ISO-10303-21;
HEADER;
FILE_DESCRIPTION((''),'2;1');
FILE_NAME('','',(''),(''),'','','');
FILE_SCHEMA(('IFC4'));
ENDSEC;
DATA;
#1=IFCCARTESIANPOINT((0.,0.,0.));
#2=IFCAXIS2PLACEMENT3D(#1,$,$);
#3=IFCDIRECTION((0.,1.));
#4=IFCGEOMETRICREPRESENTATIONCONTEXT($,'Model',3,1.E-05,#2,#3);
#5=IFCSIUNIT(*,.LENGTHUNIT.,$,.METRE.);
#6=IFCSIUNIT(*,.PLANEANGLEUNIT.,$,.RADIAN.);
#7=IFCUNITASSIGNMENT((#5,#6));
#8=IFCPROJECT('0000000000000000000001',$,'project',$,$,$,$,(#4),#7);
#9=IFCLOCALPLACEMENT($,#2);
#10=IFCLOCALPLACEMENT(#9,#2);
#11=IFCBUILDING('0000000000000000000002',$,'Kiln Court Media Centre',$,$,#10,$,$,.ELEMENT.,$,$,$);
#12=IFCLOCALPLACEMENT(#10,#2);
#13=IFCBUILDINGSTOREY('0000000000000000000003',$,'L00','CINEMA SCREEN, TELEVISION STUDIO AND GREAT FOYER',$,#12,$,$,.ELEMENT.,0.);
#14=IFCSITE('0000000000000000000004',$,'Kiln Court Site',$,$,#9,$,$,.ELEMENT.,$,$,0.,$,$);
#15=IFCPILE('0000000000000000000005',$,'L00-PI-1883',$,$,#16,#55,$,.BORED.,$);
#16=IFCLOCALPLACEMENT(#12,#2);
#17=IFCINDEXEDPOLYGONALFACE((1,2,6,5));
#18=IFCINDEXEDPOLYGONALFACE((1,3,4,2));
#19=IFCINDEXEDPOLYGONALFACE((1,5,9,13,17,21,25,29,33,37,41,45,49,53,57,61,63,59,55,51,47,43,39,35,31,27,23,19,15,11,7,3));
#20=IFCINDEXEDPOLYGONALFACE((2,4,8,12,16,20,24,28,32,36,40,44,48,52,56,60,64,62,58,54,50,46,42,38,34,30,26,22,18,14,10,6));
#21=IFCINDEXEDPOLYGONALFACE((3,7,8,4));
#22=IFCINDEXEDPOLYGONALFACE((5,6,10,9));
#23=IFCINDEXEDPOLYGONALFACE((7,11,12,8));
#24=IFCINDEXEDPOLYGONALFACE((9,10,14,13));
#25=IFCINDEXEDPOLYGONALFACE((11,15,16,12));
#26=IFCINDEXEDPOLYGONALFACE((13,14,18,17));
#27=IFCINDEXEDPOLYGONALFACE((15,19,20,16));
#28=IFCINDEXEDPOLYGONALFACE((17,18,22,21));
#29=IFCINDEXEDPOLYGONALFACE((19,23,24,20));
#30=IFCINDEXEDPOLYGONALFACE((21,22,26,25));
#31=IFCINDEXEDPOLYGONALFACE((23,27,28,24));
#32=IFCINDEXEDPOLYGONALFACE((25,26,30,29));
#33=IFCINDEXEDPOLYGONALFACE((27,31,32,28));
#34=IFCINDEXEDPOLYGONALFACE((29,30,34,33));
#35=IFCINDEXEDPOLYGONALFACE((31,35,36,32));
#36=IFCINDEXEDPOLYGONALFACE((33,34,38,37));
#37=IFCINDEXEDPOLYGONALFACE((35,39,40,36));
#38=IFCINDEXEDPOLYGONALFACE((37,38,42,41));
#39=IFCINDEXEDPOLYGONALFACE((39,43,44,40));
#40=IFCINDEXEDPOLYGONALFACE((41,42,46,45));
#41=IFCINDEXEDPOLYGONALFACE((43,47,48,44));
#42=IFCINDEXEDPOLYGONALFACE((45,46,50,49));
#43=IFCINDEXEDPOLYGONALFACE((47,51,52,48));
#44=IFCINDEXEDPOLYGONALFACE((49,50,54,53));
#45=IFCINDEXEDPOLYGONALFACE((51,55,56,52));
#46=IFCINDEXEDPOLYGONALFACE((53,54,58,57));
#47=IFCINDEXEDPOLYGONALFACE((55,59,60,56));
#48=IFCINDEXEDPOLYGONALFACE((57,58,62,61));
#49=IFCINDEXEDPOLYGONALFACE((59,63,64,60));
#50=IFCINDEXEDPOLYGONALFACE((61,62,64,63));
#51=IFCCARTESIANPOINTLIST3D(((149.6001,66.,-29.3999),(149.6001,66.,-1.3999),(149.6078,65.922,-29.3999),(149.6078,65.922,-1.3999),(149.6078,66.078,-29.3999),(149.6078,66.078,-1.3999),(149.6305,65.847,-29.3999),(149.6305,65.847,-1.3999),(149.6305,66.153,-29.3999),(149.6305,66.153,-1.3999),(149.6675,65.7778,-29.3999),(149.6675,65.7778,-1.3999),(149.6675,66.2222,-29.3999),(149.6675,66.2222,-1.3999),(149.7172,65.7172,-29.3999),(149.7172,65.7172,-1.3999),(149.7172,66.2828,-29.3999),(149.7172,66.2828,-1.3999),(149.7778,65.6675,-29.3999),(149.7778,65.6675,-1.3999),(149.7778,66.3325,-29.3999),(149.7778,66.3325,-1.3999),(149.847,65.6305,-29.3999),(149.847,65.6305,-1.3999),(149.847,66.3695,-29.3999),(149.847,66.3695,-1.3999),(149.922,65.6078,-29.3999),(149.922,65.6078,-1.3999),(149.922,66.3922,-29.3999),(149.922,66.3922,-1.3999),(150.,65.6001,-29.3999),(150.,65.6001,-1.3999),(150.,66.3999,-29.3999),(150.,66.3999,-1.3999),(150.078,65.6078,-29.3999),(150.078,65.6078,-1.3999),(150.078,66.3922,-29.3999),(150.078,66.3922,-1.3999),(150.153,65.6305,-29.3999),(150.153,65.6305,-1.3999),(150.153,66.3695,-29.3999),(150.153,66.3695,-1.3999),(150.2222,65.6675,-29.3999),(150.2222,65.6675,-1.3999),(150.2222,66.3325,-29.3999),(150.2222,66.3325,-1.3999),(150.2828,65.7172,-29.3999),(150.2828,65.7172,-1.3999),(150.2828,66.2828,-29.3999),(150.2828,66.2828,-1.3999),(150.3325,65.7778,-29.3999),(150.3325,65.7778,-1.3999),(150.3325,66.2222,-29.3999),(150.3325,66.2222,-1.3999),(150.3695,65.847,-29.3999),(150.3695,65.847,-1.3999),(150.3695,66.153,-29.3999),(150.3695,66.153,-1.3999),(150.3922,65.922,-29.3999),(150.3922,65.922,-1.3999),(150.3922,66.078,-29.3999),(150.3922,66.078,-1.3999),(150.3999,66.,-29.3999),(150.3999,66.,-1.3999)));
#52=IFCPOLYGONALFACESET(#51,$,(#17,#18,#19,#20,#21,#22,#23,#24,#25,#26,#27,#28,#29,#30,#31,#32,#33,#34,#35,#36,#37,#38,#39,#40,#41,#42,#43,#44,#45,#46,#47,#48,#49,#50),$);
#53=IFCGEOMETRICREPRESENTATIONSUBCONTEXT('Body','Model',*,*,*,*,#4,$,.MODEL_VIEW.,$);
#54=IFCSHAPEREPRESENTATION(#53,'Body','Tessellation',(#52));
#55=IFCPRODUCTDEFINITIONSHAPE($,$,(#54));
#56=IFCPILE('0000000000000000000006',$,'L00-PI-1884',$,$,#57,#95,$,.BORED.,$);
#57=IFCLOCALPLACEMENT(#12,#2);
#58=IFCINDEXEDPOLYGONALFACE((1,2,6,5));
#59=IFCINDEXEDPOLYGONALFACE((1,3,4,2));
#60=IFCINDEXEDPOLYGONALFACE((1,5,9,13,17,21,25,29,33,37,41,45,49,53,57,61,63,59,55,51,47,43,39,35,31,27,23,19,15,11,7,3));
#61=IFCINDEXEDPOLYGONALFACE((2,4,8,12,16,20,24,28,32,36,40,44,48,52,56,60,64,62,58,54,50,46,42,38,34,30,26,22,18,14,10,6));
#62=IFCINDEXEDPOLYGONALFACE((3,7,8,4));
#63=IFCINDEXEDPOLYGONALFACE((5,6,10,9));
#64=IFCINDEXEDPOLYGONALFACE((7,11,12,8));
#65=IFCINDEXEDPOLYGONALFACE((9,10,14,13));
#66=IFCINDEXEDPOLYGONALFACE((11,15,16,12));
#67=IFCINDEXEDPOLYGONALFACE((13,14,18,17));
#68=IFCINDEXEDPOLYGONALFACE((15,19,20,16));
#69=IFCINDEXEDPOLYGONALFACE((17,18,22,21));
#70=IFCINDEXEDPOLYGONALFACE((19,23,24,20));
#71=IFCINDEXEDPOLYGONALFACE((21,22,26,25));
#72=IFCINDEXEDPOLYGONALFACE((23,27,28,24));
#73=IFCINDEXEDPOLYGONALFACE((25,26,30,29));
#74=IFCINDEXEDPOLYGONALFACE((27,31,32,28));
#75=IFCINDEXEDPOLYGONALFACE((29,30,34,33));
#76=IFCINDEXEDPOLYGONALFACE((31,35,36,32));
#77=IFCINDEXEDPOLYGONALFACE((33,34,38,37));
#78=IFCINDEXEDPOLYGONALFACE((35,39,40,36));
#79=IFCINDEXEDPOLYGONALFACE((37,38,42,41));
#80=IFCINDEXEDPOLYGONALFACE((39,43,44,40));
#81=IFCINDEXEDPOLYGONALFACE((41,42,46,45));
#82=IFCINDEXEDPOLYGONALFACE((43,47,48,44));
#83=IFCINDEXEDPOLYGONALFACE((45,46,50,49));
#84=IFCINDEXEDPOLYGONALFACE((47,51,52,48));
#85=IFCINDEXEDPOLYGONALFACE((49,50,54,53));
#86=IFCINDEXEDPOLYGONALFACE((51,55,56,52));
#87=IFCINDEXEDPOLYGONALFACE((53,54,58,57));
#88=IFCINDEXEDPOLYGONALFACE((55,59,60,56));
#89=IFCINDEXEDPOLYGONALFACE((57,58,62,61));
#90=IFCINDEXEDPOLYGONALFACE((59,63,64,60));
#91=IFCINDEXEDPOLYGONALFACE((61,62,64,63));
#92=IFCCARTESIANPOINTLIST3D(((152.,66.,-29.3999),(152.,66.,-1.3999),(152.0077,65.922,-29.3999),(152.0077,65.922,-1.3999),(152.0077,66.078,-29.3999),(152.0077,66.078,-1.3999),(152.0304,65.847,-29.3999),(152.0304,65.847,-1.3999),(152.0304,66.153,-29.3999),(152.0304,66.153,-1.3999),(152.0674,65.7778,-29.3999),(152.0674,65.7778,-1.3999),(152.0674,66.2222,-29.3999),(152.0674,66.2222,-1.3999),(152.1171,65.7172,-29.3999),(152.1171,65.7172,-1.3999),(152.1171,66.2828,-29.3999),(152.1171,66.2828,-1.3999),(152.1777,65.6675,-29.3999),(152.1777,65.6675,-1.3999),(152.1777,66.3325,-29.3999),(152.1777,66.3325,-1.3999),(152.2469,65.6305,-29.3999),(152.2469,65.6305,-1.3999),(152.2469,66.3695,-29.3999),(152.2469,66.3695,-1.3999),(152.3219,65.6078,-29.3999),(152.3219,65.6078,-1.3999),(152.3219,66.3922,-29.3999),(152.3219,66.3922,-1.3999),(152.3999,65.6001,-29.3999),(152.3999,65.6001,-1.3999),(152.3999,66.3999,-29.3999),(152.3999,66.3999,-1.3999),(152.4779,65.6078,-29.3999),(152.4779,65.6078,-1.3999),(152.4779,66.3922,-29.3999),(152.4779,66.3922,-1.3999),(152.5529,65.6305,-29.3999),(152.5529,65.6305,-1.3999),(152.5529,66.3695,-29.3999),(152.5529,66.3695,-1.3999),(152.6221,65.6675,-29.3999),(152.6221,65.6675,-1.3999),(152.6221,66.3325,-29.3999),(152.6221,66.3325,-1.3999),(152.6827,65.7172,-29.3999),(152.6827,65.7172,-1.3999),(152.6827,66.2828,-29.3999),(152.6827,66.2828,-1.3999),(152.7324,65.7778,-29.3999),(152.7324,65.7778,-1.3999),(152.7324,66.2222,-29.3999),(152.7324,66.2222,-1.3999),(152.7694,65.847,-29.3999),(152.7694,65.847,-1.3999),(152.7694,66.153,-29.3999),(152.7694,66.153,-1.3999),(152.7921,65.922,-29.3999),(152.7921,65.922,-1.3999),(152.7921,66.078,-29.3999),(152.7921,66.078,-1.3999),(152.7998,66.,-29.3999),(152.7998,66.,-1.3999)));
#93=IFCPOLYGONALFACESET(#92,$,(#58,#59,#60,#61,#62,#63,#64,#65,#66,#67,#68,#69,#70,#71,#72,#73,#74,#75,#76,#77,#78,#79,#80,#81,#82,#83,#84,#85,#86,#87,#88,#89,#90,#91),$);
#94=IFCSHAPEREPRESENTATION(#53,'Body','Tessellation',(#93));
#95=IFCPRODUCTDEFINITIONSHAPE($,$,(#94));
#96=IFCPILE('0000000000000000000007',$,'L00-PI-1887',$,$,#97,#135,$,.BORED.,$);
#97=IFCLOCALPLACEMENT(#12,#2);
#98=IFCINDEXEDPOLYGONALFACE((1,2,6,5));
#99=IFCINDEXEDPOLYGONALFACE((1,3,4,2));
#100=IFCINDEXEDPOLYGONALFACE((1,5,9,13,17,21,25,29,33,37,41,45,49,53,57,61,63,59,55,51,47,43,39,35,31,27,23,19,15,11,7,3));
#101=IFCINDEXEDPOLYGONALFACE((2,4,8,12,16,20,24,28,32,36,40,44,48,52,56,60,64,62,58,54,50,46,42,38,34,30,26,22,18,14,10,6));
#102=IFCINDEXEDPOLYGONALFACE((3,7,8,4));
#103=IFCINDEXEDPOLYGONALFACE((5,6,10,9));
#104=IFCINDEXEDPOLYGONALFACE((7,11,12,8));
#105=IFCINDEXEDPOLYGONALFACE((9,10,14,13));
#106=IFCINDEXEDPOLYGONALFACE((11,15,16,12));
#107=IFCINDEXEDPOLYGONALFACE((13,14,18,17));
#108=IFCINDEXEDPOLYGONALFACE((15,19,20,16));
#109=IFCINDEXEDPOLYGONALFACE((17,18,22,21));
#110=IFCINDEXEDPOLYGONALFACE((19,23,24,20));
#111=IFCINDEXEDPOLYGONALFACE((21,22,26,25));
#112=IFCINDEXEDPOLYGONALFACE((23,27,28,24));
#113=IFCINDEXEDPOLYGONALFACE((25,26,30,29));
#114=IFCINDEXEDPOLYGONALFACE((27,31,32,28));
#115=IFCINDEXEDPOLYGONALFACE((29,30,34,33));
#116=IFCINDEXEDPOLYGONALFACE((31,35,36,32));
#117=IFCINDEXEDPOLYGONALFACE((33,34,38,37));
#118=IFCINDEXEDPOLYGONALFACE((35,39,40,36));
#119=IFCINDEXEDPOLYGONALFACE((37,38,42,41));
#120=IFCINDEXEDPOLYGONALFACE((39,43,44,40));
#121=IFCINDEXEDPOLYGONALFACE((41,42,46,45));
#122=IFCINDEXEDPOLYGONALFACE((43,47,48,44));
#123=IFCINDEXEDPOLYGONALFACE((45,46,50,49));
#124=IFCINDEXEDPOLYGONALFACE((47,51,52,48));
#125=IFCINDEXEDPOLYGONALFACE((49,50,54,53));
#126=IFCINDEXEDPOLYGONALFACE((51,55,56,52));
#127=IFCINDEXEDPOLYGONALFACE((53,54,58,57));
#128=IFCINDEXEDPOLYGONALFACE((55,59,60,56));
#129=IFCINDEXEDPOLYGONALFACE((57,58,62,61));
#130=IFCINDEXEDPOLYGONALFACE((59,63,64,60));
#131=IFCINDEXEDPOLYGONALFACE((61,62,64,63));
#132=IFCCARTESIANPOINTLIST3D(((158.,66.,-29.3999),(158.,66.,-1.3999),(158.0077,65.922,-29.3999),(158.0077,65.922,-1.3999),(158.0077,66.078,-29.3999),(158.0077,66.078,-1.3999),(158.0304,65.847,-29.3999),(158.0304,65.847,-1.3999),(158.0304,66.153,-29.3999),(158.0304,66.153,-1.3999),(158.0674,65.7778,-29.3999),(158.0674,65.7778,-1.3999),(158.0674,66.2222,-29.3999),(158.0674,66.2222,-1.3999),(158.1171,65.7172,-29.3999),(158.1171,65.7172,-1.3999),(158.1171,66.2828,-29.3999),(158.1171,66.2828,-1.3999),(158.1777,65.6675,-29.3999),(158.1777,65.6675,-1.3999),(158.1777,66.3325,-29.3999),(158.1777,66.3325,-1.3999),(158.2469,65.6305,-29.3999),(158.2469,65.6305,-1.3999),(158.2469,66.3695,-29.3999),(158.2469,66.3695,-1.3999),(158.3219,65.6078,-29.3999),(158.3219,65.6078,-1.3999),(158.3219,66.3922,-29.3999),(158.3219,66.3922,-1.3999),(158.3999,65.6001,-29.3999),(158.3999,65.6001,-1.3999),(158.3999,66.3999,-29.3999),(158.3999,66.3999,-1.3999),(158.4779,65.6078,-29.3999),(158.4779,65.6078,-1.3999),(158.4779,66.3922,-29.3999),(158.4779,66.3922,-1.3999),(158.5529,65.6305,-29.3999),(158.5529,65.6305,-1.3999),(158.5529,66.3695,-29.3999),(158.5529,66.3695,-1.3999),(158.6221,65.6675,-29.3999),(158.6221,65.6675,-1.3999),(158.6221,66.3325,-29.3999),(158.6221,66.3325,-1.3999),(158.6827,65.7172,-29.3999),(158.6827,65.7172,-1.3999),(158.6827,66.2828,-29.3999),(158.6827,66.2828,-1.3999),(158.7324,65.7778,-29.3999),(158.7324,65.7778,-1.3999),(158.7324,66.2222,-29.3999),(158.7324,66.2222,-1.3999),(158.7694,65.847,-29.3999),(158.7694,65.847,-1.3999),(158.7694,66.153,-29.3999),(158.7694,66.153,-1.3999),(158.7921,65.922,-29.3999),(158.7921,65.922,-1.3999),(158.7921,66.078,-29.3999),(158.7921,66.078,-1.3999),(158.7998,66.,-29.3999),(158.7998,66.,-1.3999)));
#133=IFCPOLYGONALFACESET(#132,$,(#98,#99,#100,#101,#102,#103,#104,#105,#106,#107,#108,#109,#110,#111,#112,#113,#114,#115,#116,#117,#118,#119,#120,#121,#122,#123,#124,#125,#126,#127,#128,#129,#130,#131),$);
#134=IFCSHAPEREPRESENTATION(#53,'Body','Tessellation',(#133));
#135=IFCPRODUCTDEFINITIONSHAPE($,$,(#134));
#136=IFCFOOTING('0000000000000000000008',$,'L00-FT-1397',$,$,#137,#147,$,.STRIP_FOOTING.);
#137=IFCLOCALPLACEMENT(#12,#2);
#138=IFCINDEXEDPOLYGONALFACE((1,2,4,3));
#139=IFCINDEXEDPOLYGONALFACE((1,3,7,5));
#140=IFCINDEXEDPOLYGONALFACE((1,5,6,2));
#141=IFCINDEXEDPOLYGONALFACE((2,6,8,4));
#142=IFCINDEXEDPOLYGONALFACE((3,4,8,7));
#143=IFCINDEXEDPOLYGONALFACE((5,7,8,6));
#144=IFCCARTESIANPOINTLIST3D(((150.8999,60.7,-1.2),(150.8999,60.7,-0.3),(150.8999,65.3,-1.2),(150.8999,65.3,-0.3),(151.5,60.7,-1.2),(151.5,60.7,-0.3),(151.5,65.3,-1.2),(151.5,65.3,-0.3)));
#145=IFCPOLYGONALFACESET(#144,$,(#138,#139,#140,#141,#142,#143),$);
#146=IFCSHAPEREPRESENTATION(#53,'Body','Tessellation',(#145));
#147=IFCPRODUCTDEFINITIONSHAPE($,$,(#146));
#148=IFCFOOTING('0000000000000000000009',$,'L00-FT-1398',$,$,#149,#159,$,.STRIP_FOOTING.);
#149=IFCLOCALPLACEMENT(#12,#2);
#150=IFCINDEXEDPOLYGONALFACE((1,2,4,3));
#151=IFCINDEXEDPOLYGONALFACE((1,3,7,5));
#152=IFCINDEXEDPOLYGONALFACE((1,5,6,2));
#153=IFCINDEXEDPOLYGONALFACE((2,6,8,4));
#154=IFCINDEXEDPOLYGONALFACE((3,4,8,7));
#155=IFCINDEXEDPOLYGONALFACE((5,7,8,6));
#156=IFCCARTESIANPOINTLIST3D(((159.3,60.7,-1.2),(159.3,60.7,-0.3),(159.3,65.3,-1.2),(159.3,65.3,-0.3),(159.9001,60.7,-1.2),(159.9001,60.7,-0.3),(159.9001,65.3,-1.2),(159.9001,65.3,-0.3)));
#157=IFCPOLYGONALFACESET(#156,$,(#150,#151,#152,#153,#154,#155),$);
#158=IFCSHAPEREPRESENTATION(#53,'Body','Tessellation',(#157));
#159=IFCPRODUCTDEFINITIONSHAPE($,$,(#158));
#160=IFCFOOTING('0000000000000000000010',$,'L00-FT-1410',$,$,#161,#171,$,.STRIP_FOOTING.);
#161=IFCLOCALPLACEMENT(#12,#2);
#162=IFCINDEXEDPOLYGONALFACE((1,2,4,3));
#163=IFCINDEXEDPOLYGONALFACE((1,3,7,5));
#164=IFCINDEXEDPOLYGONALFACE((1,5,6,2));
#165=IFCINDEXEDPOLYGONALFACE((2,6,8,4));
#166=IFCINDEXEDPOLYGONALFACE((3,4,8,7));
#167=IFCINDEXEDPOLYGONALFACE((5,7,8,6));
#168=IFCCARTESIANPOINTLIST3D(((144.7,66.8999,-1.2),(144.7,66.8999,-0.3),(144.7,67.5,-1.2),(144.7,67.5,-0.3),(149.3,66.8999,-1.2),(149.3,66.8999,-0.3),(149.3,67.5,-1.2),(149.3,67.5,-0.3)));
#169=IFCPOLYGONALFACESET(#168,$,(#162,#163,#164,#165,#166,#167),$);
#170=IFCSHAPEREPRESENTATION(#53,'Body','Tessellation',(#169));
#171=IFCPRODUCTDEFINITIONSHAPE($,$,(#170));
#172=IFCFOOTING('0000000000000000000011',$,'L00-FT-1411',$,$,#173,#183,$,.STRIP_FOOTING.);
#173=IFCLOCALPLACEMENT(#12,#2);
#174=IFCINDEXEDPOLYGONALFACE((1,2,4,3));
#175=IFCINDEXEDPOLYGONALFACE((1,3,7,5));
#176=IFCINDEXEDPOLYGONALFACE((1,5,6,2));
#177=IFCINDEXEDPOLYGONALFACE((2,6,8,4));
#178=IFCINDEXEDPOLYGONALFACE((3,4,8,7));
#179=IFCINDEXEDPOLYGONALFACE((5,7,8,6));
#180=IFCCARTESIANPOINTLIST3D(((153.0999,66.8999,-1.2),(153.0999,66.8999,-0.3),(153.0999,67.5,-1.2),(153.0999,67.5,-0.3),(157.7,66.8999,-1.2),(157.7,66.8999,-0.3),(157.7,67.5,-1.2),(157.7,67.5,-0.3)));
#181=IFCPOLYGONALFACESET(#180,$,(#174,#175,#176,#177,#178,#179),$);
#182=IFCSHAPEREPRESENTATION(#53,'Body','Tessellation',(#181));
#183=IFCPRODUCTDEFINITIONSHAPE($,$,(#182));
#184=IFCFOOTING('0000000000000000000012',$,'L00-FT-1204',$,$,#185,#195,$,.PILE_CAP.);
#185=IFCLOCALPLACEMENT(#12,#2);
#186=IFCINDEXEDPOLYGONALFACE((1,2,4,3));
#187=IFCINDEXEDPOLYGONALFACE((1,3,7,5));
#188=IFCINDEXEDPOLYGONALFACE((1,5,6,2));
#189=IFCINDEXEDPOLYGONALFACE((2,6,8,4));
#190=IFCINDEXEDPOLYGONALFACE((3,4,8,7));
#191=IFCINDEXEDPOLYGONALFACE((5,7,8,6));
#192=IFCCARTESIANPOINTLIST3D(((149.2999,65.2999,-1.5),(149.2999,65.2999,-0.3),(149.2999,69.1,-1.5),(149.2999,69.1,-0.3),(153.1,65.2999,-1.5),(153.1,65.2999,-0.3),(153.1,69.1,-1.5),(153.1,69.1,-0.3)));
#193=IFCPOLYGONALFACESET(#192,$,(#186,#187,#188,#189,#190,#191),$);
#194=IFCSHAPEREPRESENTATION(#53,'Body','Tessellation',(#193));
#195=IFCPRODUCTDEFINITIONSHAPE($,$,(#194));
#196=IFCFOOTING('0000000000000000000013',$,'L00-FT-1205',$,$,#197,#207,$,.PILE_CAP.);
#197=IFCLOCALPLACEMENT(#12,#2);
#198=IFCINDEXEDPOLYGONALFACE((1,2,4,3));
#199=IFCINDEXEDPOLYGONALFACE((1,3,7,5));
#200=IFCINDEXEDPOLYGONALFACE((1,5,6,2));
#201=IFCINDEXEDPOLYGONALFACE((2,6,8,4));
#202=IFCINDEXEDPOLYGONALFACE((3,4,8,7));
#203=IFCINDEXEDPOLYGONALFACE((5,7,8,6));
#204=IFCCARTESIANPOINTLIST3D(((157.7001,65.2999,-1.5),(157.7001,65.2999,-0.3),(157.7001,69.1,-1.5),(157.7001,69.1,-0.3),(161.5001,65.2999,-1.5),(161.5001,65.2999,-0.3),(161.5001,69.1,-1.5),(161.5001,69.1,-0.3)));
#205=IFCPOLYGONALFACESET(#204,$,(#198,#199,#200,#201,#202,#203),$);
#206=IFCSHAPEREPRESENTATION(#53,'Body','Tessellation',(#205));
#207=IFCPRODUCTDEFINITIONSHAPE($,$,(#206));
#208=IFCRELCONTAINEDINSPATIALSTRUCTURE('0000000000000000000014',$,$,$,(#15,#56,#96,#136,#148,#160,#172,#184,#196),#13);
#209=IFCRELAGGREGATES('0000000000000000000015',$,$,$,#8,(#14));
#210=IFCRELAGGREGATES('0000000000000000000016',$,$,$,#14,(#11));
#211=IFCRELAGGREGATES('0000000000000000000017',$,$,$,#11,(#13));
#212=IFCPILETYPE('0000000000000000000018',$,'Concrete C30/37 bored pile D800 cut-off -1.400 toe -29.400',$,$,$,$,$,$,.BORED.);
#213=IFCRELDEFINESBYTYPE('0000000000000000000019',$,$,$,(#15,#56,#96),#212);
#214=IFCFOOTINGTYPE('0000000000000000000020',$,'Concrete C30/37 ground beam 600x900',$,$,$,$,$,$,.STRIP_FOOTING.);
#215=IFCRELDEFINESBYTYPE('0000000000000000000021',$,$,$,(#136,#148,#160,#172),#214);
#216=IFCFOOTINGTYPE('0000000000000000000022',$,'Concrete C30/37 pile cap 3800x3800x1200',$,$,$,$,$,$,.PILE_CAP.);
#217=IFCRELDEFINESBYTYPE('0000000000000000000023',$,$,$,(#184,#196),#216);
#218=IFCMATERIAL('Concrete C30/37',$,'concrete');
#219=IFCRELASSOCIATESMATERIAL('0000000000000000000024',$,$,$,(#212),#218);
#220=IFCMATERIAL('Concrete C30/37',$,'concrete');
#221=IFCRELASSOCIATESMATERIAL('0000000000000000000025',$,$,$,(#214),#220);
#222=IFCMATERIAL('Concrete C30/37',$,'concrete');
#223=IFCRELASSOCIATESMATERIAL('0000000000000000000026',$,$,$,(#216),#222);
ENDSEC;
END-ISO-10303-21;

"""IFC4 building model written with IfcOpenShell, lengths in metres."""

from ifc_helpers import new_model, si_unit, direction, frame, origin, origin_2d, place, context, subcontext, project, spatial, rectangle, circle, extrude, material, material_profile, profile_set, type_object, element, save


model = new_model("IFC4")

# Units and contexts
model_context = context("Model", 3, precision=1e-05, world=origin(), true_north=direction((0.0, 1.0)))
body_context = subcontext(model_context, "Body", "Model", "MODEL_VIEW")
ifc_project = project(units=[si_unit("LENGTHUNIT", "METRE"), si_unit("PLANEANGLEUNIT", "RADIAN")], contexts=[model_context])

# Site, building, storey
site_placement = place(None, origin())
site = spatial("IfcSite", under=ifc_project, at=site_placement, Name="Kiln Court Site", CompositionType="ELEMENT", RefElevation=0.0)
building_placement = place(site_placement, origin())
building = spatial("IfcBuilding", under=site, at=building_placement, Name="Kiln Court Media Centre", CompositionType="ELEMENT")
storey_placement = place(building_placement, origin())
storey = spatial("IfcBuildingStorey", under=building, at=storey_placement, Name="L00", Description="CINEMA SCREEN, TELEVISION STUDIO AND GREAT FOYER", CompositionType="ELEMENT", Elevation=0.0)

# Piles
ifc_material_1 = material(Name="Concrete C30/37", Category="concrete")
ifc_material_profile_1 = material_profile(ifc_material_1, circle(Radius=0.3999, at=origin_2d()), Name="PILE D800")
ifc_profile_set_1 = profile_set([ifc_material_profile_1], Name="Concrete C30/37")
pile_type = type_object("IfcPileType", Name="Concrete C30/37 bored pile D800 cut-off -1.400 toe -29.400", PredefinedType="BORED", material=ifc_profile_set_1)
for number, where, z_axis, x_axis, name in (
    (1, (150.0, 66.0, -1.3999), (0.0, 0.0, -1.0), (1.0, 0.0, 0.0), "L00-PI-1883"),
    (2, (152.3999, 66.0, -1.3999), (0.0, 0.0, -1.0), (1.0, 0.0, 0.0), "L00-PI-1884"),
    (3, (158.3999, 66.0, -1.3999), (0.0, 0.0, -1.0), (1.0, 0.0, 0.0), "L00-PI-1887"),
):
    element("IfcPile", number, at=place(storey_placement, frame(where, z_axis=z_axis, x_axis=x_axis)), inside=storey, type_object=pile_type, Name=name, PredefinedType="BORED", context=body_context, shape_type="SweptSolid", body=[
        extrude(circle(Radius=0.3999, at=origin_2d()), origin(), (0.0, 0.0, 1.0), 28.0),
    ])

# Footings
ifc_material_2 = material(Name="Concrete C30/37", Category="concrete")
footing_type_1 = type_object("IfcFootingType", Name="Concrete C30/37 ground beam 600x900", PredefinedType="STRIP_FOOTING", material=ifc_material_2)
for number, where, z_axis, x_axis, name in (
    (4, (151.2, 63.0, -1.2), (0.0, 0.0, 1.0), (1.0, 0.0, 0.0), "L00-FT-1397"),
    (5, (159.6001, 63.0, -1.2), (0.0, 0.0, 1.0), (1.0, 0.0, 0.0), "L00-FT-1398"),
):
    element("IfcFooting", number, at=place(storey_placement, frame(where, z_axis=z_axis, x_axis=x_axis)), inside=storey, type_object=footing_type_1, Name=name, PredefinedType="STRIP_FOOTING", context=body_context, shape_type="SweptSolid", body=[
        extrude(rectangle(XDim=0.6001, YDim=4.6001, at=origin_2d()), origin(), (0.0, 0.0, 1.0), 0.8999),
    ])
for number, where, z_axis, x_axis, name in (
    (6, (147.0, 67.2, -1.2), (0.0, 0.0, 1.0), (1.0, 0.0, 0.0), "L00-FT-1410"),
    (7, (155.3999, 67.2, -1.2), (0.0, 0.0, 1.0), (1.0, 0.0, 0.0), "L00-FT-1411"),
):
    element("IfcFooting", number, at=place(storey_placement, frame(where, z_axis=z_axis, x_axis=x_axis)), inside=storey, type_object=footing_type_1, Name=name, PredefinedType="STRIP_FOOTING", context=body_context, shape_type="SweptSolid", body=[
        extrude(rectangle(XDim=4.6001, YDim=0.6001, at=origin_2d()), origin(), (0.0, 0.0, 1.0), 0.8999),
    ])
ifc_material_3 = material(Name="Concrete C30/37", Category="concrete")
footing_type_2 = type_object("IfcFootingType", Name="Concrete C30/37 pile cap 3800x3800x1200", PredefinedType="PILE_CAP", material=ifc_material_3)
for number, where, z_axis, x_axis, name in (
    (8, (151.2, 67.2, -1.5), (0.0, 0.0, 1.0), (1.0, 0.0, 0.0), "L00-FT-1204"),
    (9, (159.6001, 67.2, -1.5), (0.0, 0.0, 1.0), (1.0, 0.0, 0.0), "L00-FT-1205"),
):
    element("IfcFooting", number, at=place(storey_placement, frame(where, z_axis=z_axis, x_axis=x_axis)), inside=storey, type_object=footing_type_2, Name=name, PredefinedType="PILE_CAP", context=body_context, shape_type="SweptSolid", body=[
        extrude(rectangle(XDim=3.8, YDim=3.8, at=origin_2d()), origin(), (0.0, 0.0, 1.0), 1.2),
    ])

save(model, "model.ifc")
